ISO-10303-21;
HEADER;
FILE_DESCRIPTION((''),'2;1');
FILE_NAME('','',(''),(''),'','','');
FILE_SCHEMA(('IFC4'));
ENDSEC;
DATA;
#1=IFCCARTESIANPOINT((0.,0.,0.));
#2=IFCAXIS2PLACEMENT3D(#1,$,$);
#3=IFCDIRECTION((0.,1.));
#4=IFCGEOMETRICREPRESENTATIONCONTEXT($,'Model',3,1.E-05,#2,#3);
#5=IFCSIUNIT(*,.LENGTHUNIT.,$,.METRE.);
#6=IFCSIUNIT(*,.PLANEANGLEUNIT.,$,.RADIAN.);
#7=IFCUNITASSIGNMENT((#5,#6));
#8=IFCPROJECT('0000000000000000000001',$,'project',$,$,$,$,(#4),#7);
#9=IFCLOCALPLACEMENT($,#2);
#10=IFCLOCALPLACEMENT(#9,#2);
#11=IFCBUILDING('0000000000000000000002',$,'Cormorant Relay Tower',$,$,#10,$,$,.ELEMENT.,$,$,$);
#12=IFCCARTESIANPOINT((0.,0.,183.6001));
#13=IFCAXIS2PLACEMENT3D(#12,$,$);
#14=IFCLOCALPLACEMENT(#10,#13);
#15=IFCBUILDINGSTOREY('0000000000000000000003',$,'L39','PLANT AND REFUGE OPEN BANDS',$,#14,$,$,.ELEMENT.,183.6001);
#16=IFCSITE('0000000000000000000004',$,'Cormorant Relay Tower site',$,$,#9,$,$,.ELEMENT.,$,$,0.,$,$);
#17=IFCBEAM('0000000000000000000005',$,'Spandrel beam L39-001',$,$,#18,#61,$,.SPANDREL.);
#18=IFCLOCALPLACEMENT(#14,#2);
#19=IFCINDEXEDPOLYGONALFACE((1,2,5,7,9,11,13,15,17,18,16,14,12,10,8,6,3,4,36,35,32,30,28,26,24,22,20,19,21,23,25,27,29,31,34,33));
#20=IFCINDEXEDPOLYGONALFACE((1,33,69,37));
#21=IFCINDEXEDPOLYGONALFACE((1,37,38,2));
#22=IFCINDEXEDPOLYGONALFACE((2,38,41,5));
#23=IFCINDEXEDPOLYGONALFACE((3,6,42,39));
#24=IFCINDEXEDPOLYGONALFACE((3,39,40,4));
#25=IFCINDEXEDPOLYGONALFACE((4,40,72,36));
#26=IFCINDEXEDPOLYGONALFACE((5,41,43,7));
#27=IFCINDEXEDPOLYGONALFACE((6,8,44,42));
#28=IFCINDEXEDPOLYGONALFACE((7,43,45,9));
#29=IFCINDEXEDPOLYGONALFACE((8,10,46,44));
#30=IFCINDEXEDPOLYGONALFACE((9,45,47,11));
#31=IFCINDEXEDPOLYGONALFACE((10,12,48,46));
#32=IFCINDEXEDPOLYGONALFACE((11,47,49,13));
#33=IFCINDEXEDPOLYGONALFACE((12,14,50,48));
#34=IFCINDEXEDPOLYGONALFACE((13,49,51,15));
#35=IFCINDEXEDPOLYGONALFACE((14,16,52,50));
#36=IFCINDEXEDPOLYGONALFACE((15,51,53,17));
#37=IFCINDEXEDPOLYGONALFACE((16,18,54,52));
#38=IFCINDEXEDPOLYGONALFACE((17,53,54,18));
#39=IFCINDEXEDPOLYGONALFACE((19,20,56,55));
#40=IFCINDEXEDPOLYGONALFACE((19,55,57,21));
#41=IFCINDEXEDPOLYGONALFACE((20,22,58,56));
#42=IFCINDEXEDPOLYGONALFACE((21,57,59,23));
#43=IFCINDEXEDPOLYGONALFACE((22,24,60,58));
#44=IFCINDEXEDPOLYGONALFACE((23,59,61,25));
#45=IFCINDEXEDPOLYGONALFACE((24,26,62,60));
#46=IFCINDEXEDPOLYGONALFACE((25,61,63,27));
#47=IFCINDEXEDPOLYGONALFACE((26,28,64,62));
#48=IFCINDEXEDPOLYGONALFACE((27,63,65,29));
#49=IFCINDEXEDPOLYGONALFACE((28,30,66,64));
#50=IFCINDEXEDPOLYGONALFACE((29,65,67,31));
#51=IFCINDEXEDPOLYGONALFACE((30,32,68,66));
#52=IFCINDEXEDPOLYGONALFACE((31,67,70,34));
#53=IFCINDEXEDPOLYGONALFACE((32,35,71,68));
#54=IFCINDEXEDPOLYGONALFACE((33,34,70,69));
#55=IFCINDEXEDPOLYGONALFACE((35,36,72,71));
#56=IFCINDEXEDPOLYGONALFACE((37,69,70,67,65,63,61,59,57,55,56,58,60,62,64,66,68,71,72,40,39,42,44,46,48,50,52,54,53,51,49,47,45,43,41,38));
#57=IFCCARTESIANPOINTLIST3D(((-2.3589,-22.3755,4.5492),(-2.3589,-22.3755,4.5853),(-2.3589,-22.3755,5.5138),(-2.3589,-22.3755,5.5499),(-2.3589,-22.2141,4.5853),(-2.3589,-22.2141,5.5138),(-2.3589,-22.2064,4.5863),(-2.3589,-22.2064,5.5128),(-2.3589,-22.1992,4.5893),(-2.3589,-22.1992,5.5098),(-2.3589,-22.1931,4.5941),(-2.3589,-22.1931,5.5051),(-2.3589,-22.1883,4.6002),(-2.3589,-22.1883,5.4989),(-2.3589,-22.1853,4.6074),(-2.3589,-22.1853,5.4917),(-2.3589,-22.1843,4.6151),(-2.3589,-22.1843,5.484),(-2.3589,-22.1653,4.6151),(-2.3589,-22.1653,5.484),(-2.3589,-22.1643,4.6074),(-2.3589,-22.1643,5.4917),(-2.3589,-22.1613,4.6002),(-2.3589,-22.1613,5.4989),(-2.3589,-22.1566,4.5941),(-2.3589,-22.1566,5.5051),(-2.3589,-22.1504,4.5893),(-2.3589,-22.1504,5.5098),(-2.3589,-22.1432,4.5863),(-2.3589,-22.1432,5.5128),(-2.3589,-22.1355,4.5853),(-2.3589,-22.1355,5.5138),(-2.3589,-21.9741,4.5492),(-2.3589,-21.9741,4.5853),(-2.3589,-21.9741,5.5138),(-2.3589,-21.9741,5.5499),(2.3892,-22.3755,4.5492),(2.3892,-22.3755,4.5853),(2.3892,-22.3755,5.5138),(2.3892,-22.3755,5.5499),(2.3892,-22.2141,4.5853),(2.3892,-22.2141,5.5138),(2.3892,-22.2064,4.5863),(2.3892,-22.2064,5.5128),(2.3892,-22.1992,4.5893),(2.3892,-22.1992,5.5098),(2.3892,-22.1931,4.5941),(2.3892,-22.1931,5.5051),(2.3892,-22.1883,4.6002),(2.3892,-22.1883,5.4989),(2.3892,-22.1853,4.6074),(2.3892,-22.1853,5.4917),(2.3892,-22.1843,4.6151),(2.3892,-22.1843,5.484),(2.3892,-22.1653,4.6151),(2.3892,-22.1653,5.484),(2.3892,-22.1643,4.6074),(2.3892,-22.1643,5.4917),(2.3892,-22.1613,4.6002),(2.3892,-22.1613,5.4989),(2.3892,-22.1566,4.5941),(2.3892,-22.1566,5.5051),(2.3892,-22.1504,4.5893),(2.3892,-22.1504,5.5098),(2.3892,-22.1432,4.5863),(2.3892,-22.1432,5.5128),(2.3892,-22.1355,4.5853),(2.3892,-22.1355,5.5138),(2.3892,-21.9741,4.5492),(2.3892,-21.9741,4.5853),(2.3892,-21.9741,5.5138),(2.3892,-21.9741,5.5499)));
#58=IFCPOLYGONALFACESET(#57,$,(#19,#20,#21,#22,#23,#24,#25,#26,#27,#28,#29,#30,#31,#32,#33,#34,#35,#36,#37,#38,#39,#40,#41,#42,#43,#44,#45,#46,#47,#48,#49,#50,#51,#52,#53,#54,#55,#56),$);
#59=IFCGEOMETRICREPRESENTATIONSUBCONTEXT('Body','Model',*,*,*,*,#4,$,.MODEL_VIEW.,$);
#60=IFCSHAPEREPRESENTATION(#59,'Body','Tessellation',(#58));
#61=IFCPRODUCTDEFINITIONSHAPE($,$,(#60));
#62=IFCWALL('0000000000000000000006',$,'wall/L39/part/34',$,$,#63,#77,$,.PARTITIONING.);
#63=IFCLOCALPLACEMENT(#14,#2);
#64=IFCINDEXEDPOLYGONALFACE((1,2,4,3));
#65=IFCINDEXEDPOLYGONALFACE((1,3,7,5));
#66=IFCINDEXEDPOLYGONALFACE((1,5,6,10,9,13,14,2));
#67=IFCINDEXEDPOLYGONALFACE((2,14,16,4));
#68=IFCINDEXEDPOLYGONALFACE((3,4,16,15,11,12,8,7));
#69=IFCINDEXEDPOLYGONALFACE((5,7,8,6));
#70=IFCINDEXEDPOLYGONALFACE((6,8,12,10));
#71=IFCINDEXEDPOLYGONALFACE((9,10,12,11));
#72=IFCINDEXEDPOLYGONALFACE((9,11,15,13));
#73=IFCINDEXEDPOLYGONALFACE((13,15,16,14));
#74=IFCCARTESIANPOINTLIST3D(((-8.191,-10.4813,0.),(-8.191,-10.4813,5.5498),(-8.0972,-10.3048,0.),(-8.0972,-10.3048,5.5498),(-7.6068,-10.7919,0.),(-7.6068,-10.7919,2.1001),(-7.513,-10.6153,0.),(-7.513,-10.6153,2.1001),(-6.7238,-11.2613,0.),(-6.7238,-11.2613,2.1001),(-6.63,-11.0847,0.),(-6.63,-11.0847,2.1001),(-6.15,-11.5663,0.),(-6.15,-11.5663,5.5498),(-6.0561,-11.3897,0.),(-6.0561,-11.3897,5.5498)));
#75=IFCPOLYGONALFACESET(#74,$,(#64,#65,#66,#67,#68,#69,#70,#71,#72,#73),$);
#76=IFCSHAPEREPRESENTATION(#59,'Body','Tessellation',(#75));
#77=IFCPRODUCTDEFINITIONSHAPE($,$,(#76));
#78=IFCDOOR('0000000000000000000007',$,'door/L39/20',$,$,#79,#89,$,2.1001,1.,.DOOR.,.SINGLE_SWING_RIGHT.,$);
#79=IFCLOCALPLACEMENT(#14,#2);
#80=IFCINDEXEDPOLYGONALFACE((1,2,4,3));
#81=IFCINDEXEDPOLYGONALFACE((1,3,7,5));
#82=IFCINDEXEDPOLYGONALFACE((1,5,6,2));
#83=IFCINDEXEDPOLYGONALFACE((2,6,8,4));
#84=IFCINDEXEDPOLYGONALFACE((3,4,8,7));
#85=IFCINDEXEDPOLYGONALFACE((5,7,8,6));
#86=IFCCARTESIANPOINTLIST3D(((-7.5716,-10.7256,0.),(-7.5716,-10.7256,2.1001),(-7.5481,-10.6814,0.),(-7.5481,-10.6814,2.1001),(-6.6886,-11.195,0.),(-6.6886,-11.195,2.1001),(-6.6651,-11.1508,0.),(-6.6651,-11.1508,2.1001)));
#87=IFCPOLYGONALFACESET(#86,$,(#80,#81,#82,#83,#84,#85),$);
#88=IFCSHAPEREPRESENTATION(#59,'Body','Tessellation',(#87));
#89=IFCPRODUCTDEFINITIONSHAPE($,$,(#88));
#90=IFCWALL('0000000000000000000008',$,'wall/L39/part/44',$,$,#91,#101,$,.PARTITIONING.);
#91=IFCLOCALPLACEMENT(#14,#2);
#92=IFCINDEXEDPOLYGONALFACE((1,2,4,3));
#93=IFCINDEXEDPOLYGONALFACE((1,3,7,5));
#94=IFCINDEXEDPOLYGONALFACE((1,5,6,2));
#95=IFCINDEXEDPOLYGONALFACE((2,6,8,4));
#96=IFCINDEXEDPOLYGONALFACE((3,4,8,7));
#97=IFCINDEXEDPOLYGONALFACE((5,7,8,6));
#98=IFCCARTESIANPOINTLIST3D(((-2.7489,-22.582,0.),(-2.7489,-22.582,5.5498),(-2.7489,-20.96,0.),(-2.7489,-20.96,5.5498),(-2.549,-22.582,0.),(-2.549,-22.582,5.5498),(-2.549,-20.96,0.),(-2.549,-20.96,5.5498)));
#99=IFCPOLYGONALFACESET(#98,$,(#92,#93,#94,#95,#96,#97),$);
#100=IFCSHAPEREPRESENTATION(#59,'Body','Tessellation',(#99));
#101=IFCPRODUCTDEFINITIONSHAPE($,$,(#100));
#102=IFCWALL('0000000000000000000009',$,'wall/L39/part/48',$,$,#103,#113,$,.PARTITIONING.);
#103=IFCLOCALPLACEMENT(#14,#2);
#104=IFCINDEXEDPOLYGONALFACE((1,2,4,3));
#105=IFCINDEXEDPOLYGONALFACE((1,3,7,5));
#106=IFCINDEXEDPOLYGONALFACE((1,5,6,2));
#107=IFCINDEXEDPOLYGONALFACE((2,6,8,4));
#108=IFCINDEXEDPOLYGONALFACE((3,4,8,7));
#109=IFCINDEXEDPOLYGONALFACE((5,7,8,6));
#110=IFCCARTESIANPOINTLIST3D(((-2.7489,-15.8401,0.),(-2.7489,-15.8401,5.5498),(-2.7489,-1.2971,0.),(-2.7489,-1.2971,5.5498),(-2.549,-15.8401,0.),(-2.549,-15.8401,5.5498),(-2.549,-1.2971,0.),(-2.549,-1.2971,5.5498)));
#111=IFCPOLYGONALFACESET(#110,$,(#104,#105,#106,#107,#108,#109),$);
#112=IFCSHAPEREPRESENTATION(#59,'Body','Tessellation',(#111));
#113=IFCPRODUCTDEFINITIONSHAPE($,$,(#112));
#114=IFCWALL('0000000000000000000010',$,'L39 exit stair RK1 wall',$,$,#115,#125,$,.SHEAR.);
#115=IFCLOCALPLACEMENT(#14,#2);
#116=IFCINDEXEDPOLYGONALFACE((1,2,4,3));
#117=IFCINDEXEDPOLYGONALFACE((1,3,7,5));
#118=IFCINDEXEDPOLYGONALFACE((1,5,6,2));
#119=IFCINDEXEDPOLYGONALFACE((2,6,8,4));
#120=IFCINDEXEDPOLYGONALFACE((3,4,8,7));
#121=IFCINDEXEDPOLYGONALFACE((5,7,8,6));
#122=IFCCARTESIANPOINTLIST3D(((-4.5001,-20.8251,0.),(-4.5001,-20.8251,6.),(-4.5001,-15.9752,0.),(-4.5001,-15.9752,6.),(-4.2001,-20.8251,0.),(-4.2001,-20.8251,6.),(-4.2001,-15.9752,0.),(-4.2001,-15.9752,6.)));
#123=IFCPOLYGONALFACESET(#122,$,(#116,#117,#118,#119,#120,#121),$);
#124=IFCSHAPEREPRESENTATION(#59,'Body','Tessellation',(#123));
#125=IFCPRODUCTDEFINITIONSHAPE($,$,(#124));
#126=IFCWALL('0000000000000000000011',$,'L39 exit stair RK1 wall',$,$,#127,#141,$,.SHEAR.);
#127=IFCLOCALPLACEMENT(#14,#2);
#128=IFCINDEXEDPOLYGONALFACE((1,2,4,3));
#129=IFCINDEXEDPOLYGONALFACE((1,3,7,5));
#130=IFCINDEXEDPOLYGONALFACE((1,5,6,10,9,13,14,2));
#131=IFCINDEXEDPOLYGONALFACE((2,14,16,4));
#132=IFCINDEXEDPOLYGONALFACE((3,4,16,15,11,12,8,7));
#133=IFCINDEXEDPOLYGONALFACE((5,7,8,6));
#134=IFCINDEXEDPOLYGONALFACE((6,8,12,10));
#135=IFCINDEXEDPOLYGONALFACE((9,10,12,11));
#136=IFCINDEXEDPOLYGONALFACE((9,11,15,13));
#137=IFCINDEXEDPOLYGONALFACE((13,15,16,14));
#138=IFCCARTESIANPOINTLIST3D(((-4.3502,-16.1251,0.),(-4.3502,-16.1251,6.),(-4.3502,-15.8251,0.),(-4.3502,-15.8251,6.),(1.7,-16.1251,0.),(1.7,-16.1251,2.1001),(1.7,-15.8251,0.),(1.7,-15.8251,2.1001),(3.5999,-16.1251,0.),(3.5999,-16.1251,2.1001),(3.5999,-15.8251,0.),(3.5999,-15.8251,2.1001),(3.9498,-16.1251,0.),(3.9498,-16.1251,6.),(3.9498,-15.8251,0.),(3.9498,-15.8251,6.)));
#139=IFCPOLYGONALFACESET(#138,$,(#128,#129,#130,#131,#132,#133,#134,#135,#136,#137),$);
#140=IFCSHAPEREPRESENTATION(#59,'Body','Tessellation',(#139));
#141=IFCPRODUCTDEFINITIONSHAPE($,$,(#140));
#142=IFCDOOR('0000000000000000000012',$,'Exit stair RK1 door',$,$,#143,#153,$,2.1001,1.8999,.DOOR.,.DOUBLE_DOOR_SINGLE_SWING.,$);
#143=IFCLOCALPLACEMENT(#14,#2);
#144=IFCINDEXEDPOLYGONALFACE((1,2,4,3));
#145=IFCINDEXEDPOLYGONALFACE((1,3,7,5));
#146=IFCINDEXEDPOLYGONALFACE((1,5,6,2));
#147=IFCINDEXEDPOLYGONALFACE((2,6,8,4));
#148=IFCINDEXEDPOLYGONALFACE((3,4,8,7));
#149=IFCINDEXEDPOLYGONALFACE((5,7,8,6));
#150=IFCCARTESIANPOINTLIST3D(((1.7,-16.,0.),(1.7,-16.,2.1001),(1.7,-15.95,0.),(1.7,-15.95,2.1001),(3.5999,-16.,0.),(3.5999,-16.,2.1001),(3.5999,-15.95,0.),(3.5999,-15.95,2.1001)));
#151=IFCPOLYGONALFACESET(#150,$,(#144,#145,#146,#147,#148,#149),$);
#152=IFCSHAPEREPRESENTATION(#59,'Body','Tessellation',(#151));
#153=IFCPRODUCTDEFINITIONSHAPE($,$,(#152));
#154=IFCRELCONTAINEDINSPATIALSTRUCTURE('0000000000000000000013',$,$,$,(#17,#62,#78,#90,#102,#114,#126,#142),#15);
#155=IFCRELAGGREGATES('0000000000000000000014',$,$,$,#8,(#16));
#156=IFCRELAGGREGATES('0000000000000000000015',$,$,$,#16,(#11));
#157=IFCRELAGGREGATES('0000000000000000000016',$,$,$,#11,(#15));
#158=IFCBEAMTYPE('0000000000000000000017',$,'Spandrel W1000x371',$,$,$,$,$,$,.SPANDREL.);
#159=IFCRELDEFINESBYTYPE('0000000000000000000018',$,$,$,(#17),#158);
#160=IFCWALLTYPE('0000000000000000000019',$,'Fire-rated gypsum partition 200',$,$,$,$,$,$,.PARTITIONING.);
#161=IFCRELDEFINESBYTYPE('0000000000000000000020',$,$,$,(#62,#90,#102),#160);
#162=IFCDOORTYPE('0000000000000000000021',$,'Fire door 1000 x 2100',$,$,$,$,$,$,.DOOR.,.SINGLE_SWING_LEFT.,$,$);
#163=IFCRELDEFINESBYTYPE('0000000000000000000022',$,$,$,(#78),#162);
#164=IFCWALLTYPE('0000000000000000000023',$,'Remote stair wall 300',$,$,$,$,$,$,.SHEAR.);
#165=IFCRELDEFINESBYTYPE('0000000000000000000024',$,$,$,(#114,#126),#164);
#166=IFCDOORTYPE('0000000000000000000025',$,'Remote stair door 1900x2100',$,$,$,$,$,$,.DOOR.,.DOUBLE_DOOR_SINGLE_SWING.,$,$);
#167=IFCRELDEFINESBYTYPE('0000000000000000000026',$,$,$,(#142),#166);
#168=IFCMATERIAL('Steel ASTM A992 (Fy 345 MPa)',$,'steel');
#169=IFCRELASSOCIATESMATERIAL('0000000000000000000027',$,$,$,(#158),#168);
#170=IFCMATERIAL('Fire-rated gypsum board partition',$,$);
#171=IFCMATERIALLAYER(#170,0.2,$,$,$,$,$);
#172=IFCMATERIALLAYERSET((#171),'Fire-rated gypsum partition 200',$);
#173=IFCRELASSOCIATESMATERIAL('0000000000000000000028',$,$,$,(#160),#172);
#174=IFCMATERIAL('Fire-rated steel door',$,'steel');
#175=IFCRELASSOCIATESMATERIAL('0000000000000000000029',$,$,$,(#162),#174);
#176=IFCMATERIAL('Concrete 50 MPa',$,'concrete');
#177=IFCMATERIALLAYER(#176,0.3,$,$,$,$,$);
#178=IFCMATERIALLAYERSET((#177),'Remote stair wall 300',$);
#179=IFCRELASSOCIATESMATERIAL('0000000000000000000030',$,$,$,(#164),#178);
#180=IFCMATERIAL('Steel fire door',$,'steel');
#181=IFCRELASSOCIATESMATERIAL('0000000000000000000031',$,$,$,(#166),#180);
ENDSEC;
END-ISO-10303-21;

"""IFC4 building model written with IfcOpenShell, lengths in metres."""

from ifc_helpers import new_model, si_unit, direction, frame, frame_2d, origin, origin_2d, place, context, subcontext, project, spatial, rectangle, i_section, extrude, material, layer, layer_set, material_profile, profile_set, type_object, element, fill, save


model = new_model("IFC4")

# Units and contexts
model_context = context("Model", 3, precision=1e-05, world=origin(), true_north=direction((0.0, 1.0)))
body_context = subcontext(model_context, "Body", "Model", "MODEL_VIEW")
ifc_project = project(units=[si_unit("LENGTHUNIT", "METRE"), si_unit("PLANEANGLEUNIT", "RADIAN")], contexts=[model_context])

# Site, building, storey
site_placement = place(None, origin())
site = spatial("IfcSite", under=ifc_project, at=site_placement, Name="Cormorant Relay Tower site", CompositionType="ELEMENT", RefElevation=0.0)
building_placement = place(site_placement, origin())
building = spatial("IfcBuilding", under=site, at=building_placement, Name="Cormorant Relay Tower", CompositionType="ELEMENT")
storey_placement = place(building_placement, frame((0.0, 0.0, 183.6001)))
storey = spatial("IfcBuildingStorey", under=building, at=storey_placement, Name="L39", Description="PLANT AND REFUGE OPEN BANDS", CompositionType="ELEMENT", Elevation=183.6001)

# Beam
ifc_material_1 = material(Name="Steel ASTM A992 (Fy 345 MPa)", Category="steel")
ifc_material_profile_1 = material_profile(ifc_material_1, i_section(OverallWidth=0.4014, OverallDepth=1.0007, WebThickness=0.019, FlangeThickness=0.0361, FilletRadius=0.0298, at=origin_2d()), Name="W1000x371")
ifc_profile_set_1 = profile_set([ifc_material_profile_1], Name="Steel ASTM A992 (Fy 345 MPa)")
beam_type = type_object("IfcBeamType", Name="Spandrel W1000x371", PredefinedType="SPANDREL", material=ifc_profile_set_1)
beam_placement = place(storey_placement, frame((-2.3589, -22.1748, 5.0496), z_axis=(1.0, 0.0, 0.0), x_axis=(0.0, 1.0, 0.0)))
element("IfcBeam", 1, at=beam_placement, inside=storey, type_object=beam_type, Name="Spandrel beam L39-001", PredefinedType="SPANDREL", context=body_context, shape_type="SweptSolid", body=[
    extrude(i_section(OverallWidth=0.4014, OverallDepth=1.0007, WebThickness=0.019, FlangeThickness=0.0361, FilletRadius=0.0298, at=origin_2d()), origin(), (0.0, 0.0, 1.0), 4.748),
])

# Wall, opening, door
ifc_material_2 = material(Name="Fire-rated gypsum board partition")
ifc_layer_1 = layer(ifc_material_2, 0.2)
ifc_layer_set_1 = layer_set([ifc_layer_1], Name="Fire-rated gypsum partition 200")
wall_type_1 = type_object("IfcWallType", Name="Fire-rated gypsum partition 200", PredefinedType="PARTITIONING", material=ifc_layer_set_1)
wall_1_placement = place(storey_placement, frame((-6.103, -11.478, 0.0), z_axis=(0.0, 0.0, 1.0), x_axis=(-0.882995, 0.469382, 0.0)))
wall_1 = element("IfcWall", 2, at=wall_1_placement, inside=storey, type_object=wall_type_1, Name="wall/L39/part/34", PredefinedType="PARTITIONING", context=body_context, shape_type="SweptSolid", body=[
    extrude(rectangle(XDim=2.3115, YDim=0.2, at=frame_2d((1.1558, 0.0))), origin(), (0.0, 0.0, 1.0), 5.5498),
])
opening_1_placement = place(wall_1_placement, frame((0.6499, 0.0, 0.0)))
opening_1 = element("IfcOpeningElement", 3, at=opening_1_placement, cuts=wall_1, PredefinedType="OPENING", context=body_context, shape_type="SweptSolid", body=[
    extrude(rectangle(XDim=1.0, YDim=2.1001, at=frame_2d((0.5, 1.05))), frame((0.0, 0.1099, 0.0), z_axis=(0.0, -1.0, 0.0), x_axis=(1.0, 0.0, 0.0)), (0.0, 0.0, 1.0), 0.22),
])
ifc_material_3 = material(Name="Fire-rated steel door", Category="steel")
door_type_1 = type_object("IfcDoorType", Name="Fire door 1000 x 2100", OperationType="SINGLE_SWING_LEFT", PredefinedType="DOOR", material=ifc_material_3)
door_1_placement = place(opening_1_placement, origin())
door_1 = element("IfcDoor", 4, at=door_1_placement, inside=storey, type_object=door_type_1, Name="door/L39/20", OperationType="SINGLE_SWING_RIGHT", OverallHeight=2.1001, OverallWidth=1.0, PredefinedType="DOOR", context=body_context, shape_type="SweptSolid", body=[
    extrude(rectangle(XDim=1.0, YDim=2.1001, at=frame_2d((0.5, 1.05))), frame((0.0, 0.0249, 0.0), z_axis=(0.0, -1.0, 0.0), x_axis=(1.0, 0.0, 0.0)), (0.0, 0.0, 1.0), 0.05),
])
fill(opening_1, door_1)

# Walls
wall_2_placement = place(storey_placement, frame((-2.6489, -20.96, 0.0), z_axis=(0.0, 0.0, 1.0), x_axis=(0.0, -1.0, 0.0)))
element("IfcWall", 5, at=wall_2_placement, inside=storey, type_object=wall_type_1, Name="wall/L39/part/44", PredefinedType="PARTITIONING", context=body_context, shape_type="SweptSolid", body=[
    extrude(rectangle(XDim=1.6221, YDim=0.2, at=frame_2d((0.811, 0.0))), origin(), (0.0, 0.0, 1.0), 5.5498),
])
wall_3_placement = place(storey_placement, frame((-2.6489, -15.8401, 0.0), z_axis=(0.0, 0.0, 1.0), x_axis=(0.0, 1.0, 0.0)))
element("IfcWall", 6, at=wall_3_placement, inside=storey, type_object=wall_type_1, Name="wall/L39/part/48", PredefinedType="PARTITIONING", context=body_context, shape_type="SweptSolid", body=[
    extrude(rectangle(XDim=14.543, YDim=0.2, at=frame_2d((7.2715, 0.0))), origin(), (0.0, 0.0, 1.0), 5.5498),
])
ifc_material_4 = material(Name="Concrete 50 MPa", Category="concrete")
ifc_layer_2 = layer(ifc_material_4, 0.3)
ifc_layer_set_2 = layer_set([ifc_layer_2], Name="Remote stair wall 300")
wall_type_2 = type_object("IfcWallType", Name="Remote stair wall 300", PredefinedType="SHEAR", material=ifc_layer_set_2)
wall_4_placement = place(storey_placement, frame((-4.3501, -20.825, 0.0), z_axis=(0.0, 0.0, 1.0), x_axis=(0.0, 1.0, 0.0)))
element("IfcWall", 7, at=wall_4_placement, inside=storey, type_object=wall_type_2, Name="L39 exit stair RK1 wall", PredefinedType="SHEAR", context=body_context, shape_type="SweptSolid", body=[
    extrude(rectangle(XDim=4.8499, YDim=0.3, at=frame_2d((2.4248, 0.0))), origin(), (0.0, 0.0, 1.0), 6.0),
])

# Wall, opening, door
wall_5_placement = place(storey_placement, frame((-4.3501, -15.9751, 0.0), z_axis=(0.0, 0.0, 1.0), x_axis=(1.0, 0.0, 0.0)))
wall_5 = element("IfcWall", 8, at=wall_5_placement, inside=storey, type_object=wall_type_2, Name="L39 exit stair RK1 wall", PredefinedType="SHEAR", context=body_context, shape_type="SweptSolid", body=[
    extrude(rectangle(XDim=8.3, YDim=0.3, at=frame_2d((4.1499, 0.0))), origin(), (0.0, 0.0, 1.0), 6.0),
])
opening_2_placement = place(wall_5_placement, frame((6.05, 0.0, 0.0)))
opening_2 = element("IfcOpeningElement", 9, at=opening_2_placement, cuts=wall_5, PredefinedType="OPENING", context=body_context, shape_type="SweptSolid", body=[
    extrude(rectangle(XDim=1.8999, YDim=2.1001, at=frame_2d((0.95, 1.05))), frame((0.0, 0.1599, 0.0), z_axis=(0.0, -1.0, 0.0), x_axis=(1.0, 0.0, 0.0)), (0.0, 0.0, 1.0), 0.3201),
])
ifc_material_5 = material(Name="Steel fire door", Category="steel")
door_type_2 = type_object("IfcDoorType", Name="Remote stair door 1900x2100", OperationType="DOUBLE_DOOR_SINGLE_SWING", PredefinedType="DOOR", material=ifc_material_5)
door_2_placement = place(opening_2_placement, frame((1.8999, 0.0, 0.0), z_axis=(0.0, 0.0, 1.0), x_axis=(-1.0, 0.0, 0.0)))
door_2 = element("IfcDoor", 10, at=door_2_placement, inside=storey, type_object=door_type_2, Name="Exit stair RK1 door", OperationType="DOUBLE_DOOR_SINGLE_SWING", OverallHeight=2.1001, OverallWidth=1.8999, PredefinedType="DOOR", context=body_context, shape_type="SweptSolid", body=[
    extrude(rectangle(XDim=1.8999, YDim=2.1001, at=frame_2d((0.95, 1.05))), frame((0.0, 0.0249, 0.0), z_axis=(0.0, -1.0, 0.0), x_axis=(1.0, 0.0, 0.0)), (0.0, 0.0, 1.0), 0.05),
])
fill(opening_2, door_2)

save(model, "model.ifc")
